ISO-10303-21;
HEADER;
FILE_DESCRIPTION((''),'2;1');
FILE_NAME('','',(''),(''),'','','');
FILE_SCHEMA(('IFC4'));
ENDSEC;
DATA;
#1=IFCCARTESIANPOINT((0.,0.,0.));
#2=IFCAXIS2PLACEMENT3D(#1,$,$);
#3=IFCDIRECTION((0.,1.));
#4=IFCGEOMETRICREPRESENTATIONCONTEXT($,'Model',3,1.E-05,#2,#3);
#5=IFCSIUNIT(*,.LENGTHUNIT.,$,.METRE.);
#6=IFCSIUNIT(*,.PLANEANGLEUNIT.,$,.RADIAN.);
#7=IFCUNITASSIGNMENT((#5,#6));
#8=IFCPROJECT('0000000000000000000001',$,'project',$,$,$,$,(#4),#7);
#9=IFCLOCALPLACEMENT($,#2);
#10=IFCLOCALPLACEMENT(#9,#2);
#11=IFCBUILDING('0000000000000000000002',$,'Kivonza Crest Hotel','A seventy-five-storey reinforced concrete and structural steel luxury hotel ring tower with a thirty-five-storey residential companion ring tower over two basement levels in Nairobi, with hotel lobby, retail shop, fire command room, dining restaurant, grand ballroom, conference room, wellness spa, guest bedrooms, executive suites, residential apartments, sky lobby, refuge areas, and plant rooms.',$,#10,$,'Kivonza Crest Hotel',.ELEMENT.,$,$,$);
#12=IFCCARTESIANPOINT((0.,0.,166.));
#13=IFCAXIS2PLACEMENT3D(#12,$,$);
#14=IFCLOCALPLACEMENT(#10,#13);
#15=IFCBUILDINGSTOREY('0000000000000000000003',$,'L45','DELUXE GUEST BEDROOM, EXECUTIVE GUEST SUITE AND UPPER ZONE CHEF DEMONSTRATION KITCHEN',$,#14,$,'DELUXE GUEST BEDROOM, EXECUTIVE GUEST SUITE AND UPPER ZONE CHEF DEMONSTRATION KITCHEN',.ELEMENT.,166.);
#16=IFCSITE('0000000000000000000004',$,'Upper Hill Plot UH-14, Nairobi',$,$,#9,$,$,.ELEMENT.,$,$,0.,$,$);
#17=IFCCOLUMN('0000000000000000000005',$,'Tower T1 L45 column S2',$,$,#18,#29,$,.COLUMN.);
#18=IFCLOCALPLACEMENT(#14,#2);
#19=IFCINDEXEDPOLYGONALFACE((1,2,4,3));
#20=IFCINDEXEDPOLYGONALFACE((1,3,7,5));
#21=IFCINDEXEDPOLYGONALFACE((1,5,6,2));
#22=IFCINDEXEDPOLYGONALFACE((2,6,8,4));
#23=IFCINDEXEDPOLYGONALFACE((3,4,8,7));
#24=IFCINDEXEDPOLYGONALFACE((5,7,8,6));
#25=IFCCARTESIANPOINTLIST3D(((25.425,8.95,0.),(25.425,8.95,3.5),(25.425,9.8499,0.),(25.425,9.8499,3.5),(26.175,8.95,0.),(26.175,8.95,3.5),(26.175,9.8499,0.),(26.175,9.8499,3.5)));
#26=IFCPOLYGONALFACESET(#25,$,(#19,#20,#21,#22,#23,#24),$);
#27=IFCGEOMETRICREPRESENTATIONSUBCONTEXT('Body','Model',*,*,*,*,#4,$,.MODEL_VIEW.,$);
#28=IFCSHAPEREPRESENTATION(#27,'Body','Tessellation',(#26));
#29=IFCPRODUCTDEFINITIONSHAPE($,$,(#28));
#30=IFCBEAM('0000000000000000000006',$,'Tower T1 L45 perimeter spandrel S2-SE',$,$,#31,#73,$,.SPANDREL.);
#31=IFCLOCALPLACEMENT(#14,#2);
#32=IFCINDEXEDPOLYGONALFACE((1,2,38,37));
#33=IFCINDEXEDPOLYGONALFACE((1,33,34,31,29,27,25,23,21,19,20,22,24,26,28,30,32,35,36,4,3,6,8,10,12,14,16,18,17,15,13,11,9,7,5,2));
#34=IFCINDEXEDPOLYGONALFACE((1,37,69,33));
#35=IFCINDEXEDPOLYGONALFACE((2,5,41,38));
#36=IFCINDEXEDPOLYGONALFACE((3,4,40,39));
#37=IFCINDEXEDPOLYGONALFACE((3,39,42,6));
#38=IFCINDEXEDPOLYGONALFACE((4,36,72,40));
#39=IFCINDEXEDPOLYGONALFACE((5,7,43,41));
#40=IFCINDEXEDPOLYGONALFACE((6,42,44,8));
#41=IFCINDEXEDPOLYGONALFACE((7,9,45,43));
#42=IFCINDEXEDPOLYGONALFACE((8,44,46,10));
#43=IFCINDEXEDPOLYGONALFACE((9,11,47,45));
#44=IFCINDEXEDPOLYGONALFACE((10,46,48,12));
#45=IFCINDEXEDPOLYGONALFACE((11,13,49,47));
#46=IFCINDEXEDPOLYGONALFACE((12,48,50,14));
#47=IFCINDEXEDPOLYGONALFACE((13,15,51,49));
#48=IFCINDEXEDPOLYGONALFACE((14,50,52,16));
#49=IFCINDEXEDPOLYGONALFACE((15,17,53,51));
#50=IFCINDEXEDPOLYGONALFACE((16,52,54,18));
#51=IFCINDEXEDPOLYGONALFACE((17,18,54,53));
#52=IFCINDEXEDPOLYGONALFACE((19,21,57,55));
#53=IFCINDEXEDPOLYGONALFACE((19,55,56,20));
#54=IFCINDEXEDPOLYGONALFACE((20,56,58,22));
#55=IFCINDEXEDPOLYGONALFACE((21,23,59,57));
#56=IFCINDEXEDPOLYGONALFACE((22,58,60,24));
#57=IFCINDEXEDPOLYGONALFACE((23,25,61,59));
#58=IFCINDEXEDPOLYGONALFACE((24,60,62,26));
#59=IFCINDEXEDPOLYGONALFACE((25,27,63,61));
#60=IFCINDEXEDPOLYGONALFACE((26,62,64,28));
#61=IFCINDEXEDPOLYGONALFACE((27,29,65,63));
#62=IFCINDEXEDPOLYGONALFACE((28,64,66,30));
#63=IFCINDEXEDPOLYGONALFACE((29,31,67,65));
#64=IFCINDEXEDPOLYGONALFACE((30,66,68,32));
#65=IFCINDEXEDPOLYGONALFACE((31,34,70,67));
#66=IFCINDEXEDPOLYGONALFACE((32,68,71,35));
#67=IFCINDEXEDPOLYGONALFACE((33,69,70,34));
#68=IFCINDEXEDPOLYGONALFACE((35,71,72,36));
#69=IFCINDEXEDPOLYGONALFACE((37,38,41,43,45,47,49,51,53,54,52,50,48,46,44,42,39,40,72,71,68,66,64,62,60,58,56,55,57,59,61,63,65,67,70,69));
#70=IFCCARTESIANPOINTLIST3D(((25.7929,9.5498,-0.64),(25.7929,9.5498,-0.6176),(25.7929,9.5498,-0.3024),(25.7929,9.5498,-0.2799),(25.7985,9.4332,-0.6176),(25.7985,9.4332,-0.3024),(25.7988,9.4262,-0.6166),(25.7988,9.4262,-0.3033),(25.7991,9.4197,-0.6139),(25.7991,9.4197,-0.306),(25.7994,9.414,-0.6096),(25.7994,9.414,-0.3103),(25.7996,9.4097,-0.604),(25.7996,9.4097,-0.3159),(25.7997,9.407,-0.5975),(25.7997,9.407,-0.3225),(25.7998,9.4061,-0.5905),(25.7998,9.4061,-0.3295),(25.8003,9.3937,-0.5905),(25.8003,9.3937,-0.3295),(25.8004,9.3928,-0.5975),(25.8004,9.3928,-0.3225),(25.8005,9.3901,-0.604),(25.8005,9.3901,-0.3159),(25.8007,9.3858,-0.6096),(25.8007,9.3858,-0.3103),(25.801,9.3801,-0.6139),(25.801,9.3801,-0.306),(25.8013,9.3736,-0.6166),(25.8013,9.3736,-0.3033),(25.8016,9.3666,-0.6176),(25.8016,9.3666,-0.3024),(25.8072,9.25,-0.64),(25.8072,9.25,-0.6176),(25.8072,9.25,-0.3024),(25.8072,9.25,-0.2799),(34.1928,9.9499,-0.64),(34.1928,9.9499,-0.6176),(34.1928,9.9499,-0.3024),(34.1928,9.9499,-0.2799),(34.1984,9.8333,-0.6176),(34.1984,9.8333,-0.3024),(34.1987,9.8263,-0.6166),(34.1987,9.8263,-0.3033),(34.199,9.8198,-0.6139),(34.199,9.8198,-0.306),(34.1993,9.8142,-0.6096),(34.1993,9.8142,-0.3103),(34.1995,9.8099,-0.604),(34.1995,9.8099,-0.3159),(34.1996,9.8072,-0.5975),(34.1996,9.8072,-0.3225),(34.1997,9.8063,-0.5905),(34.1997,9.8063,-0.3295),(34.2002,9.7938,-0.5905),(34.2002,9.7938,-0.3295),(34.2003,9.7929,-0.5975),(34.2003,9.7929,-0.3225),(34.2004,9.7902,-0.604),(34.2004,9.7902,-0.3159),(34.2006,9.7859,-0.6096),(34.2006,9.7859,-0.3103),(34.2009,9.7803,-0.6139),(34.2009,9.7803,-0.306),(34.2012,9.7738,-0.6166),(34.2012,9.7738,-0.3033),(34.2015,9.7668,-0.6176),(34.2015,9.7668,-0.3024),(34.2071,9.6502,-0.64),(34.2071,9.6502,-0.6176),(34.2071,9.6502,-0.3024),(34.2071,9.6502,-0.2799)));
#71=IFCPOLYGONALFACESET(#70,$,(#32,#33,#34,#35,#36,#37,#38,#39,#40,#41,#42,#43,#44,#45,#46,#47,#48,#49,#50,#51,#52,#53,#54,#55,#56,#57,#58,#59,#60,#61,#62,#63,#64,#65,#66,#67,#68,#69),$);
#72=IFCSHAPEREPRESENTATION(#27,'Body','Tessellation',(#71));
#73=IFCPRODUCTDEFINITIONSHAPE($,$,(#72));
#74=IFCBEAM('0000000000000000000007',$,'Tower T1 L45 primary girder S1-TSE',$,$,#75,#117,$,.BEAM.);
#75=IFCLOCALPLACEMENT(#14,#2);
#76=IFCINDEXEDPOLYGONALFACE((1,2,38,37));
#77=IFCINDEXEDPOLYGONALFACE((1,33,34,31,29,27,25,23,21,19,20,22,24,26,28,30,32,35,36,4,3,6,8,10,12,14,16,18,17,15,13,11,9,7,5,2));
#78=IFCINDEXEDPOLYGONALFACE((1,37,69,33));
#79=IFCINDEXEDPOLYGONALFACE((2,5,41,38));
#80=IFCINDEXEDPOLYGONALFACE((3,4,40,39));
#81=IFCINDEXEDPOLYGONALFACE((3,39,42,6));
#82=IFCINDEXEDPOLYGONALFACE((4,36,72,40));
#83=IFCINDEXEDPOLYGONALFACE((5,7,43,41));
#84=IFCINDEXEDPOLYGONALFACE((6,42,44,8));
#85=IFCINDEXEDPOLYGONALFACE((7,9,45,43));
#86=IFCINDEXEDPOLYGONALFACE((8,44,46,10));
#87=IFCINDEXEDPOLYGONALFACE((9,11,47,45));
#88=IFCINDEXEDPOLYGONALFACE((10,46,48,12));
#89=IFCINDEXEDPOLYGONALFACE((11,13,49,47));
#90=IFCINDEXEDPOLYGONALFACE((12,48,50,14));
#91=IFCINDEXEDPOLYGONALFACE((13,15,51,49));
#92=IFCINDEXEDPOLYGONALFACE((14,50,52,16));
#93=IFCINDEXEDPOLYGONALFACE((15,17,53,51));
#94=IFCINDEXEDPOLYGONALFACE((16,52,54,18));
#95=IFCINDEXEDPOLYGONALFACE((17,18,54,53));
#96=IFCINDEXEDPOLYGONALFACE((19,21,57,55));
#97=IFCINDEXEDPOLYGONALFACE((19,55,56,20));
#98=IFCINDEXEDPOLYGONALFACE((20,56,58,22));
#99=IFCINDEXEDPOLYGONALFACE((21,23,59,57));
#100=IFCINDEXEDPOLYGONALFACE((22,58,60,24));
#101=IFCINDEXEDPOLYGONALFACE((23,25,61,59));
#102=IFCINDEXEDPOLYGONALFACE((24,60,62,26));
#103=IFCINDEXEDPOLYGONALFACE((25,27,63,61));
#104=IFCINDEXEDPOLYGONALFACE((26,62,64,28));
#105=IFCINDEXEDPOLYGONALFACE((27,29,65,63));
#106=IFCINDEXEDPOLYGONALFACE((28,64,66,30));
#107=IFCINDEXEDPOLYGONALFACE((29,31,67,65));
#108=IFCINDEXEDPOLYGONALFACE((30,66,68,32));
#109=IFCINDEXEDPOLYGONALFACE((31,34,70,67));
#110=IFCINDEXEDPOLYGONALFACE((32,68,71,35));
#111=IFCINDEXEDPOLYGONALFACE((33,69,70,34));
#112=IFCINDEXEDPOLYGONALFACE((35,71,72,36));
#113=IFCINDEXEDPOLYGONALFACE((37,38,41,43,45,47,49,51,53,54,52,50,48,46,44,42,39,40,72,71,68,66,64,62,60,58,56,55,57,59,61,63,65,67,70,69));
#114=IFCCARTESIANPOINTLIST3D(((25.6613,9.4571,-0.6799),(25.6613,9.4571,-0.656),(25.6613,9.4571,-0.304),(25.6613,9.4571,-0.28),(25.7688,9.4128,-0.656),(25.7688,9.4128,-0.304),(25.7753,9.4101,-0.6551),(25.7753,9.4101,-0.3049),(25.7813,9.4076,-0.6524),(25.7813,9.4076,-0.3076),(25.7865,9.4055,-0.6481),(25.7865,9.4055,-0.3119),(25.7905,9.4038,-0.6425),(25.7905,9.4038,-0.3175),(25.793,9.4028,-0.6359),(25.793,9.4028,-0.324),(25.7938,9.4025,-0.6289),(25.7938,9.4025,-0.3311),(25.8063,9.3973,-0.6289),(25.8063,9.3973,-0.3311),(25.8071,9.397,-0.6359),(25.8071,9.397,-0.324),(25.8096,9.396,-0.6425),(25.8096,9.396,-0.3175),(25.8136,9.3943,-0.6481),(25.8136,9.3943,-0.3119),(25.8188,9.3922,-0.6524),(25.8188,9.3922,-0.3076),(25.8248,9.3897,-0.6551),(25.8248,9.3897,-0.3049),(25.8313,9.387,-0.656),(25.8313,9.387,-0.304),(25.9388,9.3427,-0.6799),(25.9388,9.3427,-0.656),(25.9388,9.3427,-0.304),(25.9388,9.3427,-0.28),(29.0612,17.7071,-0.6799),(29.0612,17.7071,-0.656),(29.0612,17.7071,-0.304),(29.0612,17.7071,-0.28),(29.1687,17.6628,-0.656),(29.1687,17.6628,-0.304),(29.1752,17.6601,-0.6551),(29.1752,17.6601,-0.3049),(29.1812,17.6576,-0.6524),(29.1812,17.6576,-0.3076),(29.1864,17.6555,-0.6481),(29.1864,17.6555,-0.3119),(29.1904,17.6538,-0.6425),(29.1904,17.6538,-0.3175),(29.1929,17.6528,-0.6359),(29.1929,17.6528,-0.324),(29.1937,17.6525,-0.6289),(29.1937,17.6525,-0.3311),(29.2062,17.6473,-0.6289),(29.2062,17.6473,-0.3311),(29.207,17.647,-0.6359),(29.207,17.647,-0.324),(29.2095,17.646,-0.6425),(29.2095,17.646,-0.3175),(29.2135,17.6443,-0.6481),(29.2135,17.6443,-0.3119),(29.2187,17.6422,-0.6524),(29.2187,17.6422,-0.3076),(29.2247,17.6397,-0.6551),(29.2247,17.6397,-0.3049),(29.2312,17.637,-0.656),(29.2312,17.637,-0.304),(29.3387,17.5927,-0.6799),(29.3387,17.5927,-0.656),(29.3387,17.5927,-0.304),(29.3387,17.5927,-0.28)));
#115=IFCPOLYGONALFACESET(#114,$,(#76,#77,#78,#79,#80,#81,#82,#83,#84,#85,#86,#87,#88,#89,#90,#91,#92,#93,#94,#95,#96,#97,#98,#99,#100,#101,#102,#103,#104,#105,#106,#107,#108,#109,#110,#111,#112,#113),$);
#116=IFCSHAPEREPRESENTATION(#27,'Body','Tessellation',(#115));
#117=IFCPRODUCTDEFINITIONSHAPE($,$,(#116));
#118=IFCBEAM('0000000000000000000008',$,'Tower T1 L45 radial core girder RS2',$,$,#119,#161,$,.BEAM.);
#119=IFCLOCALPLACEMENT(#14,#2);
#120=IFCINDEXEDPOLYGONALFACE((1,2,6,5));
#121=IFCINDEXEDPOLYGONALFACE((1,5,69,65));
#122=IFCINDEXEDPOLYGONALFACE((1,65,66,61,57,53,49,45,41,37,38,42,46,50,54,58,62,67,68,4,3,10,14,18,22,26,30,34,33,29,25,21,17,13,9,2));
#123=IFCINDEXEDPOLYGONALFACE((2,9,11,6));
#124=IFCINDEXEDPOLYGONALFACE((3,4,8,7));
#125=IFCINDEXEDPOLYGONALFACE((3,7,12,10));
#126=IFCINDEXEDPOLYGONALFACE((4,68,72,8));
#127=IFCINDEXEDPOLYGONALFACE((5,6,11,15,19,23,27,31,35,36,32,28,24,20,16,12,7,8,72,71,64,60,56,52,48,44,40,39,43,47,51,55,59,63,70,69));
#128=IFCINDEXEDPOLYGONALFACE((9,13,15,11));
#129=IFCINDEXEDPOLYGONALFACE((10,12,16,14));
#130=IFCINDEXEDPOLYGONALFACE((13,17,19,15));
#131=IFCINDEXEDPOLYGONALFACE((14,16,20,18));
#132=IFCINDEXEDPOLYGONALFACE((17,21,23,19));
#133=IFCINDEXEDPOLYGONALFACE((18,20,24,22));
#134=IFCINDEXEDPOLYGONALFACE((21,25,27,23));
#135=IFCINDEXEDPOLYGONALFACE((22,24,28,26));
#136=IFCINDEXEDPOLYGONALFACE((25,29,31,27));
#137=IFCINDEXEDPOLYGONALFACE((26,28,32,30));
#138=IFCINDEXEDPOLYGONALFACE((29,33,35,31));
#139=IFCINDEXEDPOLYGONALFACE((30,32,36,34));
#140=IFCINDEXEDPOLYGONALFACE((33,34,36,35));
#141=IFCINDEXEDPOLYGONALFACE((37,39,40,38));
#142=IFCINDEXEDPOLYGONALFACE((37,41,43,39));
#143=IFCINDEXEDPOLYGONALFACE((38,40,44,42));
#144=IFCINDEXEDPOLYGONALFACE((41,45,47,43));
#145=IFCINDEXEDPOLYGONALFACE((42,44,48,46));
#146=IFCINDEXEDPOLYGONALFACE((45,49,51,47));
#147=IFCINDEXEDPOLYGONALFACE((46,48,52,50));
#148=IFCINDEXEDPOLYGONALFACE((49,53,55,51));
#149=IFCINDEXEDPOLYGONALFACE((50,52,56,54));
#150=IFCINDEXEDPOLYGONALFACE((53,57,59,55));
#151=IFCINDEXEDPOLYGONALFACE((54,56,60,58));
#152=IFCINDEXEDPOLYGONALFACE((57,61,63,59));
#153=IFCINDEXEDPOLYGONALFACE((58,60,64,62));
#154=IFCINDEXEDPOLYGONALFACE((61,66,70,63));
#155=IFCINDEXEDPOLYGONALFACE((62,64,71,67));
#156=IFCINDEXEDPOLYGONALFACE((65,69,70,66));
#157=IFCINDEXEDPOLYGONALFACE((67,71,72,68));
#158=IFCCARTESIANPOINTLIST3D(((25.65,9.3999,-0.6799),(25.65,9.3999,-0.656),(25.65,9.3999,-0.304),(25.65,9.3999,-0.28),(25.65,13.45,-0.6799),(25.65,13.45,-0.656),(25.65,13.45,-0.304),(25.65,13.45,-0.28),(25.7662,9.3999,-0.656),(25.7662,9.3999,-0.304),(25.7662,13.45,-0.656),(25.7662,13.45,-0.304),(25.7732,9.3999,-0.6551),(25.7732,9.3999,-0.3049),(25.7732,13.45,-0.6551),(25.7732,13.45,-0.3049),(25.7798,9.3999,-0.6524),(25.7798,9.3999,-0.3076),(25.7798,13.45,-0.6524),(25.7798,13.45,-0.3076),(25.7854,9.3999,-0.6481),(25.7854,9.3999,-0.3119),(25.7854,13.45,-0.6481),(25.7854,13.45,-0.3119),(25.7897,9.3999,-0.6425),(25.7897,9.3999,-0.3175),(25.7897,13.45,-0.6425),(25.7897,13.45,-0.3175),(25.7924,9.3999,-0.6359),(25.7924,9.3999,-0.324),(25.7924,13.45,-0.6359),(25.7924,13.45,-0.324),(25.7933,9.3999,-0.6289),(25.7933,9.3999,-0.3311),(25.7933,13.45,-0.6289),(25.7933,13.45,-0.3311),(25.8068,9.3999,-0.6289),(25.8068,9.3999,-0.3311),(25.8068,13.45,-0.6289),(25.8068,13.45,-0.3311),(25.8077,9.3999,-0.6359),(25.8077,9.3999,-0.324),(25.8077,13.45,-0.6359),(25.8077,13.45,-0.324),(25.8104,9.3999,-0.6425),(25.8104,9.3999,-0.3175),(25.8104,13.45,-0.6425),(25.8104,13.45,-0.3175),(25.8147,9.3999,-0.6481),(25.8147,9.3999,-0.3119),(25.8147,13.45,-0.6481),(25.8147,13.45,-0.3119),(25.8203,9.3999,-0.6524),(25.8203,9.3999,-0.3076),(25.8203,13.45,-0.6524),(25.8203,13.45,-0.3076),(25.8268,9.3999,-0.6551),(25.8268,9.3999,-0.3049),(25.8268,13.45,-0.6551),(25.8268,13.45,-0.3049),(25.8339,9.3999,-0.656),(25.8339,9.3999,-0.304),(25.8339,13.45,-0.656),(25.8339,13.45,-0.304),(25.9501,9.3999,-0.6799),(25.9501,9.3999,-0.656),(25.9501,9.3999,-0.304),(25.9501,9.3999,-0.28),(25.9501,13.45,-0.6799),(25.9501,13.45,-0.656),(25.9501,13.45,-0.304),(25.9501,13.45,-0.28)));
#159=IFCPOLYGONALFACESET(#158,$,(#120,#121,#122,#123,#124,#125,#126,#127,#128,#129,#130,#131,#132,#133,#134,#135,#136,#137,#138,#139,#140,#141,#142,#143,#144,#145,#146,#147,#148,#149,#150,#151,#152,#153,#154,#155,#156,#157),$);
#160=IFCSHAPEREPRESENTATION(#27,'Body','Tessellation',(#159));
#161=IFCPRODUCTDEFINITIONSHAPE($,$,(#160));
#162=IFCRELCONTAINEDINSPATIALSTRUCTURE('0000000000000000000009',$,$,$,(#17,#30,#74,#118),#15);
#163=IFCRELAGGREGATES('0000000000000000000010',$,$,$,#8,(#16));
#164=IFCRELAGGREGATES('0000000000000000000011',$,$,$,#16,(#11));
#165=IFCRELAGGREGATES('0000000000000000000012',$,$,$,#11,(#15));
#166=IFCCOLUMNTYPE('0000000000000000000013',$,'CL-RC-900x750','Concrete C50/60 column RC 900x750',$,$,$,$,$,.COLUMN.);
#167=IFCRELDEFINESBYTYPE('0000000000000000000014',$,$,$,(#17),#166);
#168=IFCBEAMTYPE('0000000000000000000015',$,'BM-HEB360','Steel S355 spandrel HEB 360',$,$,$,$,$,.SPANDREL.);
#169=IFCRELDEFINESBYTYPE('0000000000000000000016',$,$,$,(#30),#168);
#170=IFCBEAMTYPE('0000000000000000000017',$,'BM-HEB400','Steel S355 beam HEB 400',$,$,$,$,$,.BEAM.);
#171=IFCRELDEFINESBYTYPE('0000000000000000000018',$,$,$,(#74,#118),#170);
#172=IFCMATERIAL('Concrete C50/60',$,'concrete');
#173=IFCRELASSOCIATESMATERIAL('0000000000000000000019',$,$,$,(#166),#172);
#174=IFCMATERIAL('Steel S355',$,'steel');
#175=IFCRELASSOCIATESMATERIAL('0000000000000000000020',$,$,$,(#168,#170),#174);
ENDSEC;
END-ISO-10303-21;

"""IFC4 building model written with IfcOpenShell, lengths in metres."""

from ifc_helpers import new_model, si_unit, direction, frame, origin, origin_2d, place, context, subcontext, project, spatial, rectangle, i_section, extrude, material, material_profile, profile_set, type_object, element, save


model = new_model("IFC4")

# Units and contexts
model_context = context("Model", 3, precision=1e-05, world=origin(), true_north=direction((0.0, 1.0)))
body_context = subcontext(model_context, "Body", "Model", "MODEL_VIEW")
ifc_project = project(units=[si_unit("LENGTHUNIT", "METRE"), si_unit("PLANEANGLEUNIT", "RADIAN")], contexts=[model_context])

# Site, building, storey
site_placement = place(None, origin())
site = spatial("IfcSite", under=ifc_project, at=site_placement, Name="Upper Hill Plot UH-14, Nairobi", CompositionType="ELEMENT", RefElevation=0.0)
building_placement = place(site_placement, origin())
building = spatial("IfcBuilding", under=site, at=building_placement, Name="Kivonza Crest Hotel", Description="A seventy-five-storey reinforced concrete and structural steel luxury hotel ring tower with a thirty-five-storey residential companion ring tower over two basement levels in Nairobi, with hotel lobby, retail shop, fire command room, dining restaurant, grand ballroom, conference room, wellness spa, guest bedrooms, executive suites, residential apartments, sky lobby, refuge areas, and plant rooms.", LongName="Kivonza Crest Hotel", CompositionType="ELEMENT")
storey_placement = place(building_placement, frame((0.0, 0.0, 166.0)))
storey = spatial("IfcBuildingStorey", under=building, at=storey_placement, Name="L45", Description="DELUXE GUEST BEDROOM, EXECUTIVE GUEST SUITE AND UPPER ZONE CHEF DEMONSTRATION KITCHEN", LongName="DELUXE GUEST BEDROOM, EXECUTIVE GUEST SUITE AND UPPER ZONE CHEF DEMONSTRATION KITCHEN", CompositionType="ELEMENT", Elevation=166.0)

# Column
ifc_material_1 = material(Name="Concrete C50/60", Category="concrete")
ifc_material_profile_1 = material_profile(ifc_material_1, rectangle(XDim=0.75, YDim=0.8999, at=origin_2d()), Name="RC 900x750")
ifc_profile_set_1 = profile_set([ifc_material_profile_1], Name="Concrete C50/60")
column_type = type_object("IfcColumnType", Name="CL-RC-900x750", Description="Concrete C50/60 column RC 900x750", PredefinedType="COLUMN", material=ifc_profile_set_1)
column_placement = place(storey_placement, frame((25.8, 9.3999, 0.0), z_axis=(0.0, 0.0, 1.0), x_axis=(1.0, 0.0, 0.0)))
element("IfcColumn", 1, at=column_placement, inside=storey, type_object=column_type, Name="Tower T1 L45 column S2", PredefinedType="COLUMN", context=body_context, shape_type="SweptSolid", body=[
    extrude(rectangle(XDim=0.75, YDim=0.8999, at=origin_2d()), origin(), (0.0, 0.0, 1.0), 3.5),
])

# Beams
ifc_material_2 = material(Name="Steel S355", Category="steel")
ifc_material_profile_2 = material_profile(ifc_material_2, i_section(OverallWidth=0.3, OverallDepth=0.3601, WebThickness=0.0125, FlangeThickness=0.0225, FilletRadius=0.0271, at=origin_2d()), Name="HEB 360")
ifc_profile_set_2 = profile_set([ifc_material_profile_2], Name="Steel S355")
beam_type_1 = type_object("IfcBeamType", Name="BM-HEB360", Description="Steel S355 spandrel HEB 360", PredefinedType="SPANDREL", material=ifc_profile_set_2)
beam_1_placement = place(storey_placement, frame((25.8, 9.3999, -0.46), z_axis=(0.998867, 0.047583, 0.0), x_axis=(-0.047583, 0.998867, 0.0)))
element("IfcBeam", 2, at=beam_1_placement, inside=storey, type_object=beam_type_1, Name="Tower T1 L45 perimeter spandrel S2-SE", PredefinedType="SPANDREL", context=body_context, shape_type="SweptSolid", body=[
    extrude(i_section(OverallWidth=0.3, OverallDepth=0.3601, WebThickness=0.0125, FlangeThickness=0.0225, FilletRadius=0.0271, at=origin_2d()), origin(), (0.0, 0.0, 1.0), 8.4094),
])
ifc_material_profile_3 = material_profile(ifc_material_2, i_section(OverallWidth=0.3, OverallDepth=0.3999, WebThickness=0.0134, FlangeThickness=0.0239, FilletRadius=0.0271, at=origin_2d()), Name="HEB 400")
ifc_profile_set_3 = profile_set([ifc_material_profile_3], Name="Steel S355")
beam_type_2 = type_object("IfcBeamType", Name="BM-HEB400", Description="Steel S355 beam HEB 400", PredefinedType="BEAM", material=ifc_profile_set_3)
beam_2_placement = place(storey_placement, frame((25.8, 9.3999, -0.48), z_axis=(0.381022, 0.924566, 0.0), x_axis=(-0.924566, 0.381022, 0.0)))
element("IfcBeam", 3, at=beam_2_placement, inside=storey, type_object=beam_type_2, Name="Tower T1 L45 primary girder S1-TSE", PredefinedType="BEAM", context=body_context, shape_type="SweptSolid", body=[
    extrude(i_section(OverallWidth=0.3, OverallDepth=0.3999, WebThickness=0.0134, FlangeThickness=0.0239, FilletRadius=0.0271, at=origin_2d()), origin(), (0.0, 0.0, 1.0), 8.9231),
])
beam_3_placement = place(storey_placement, frame((25.8, 9.3999, -0.48), z_axis=(0.0, 1.0, 0.0), x_axis=(-1.0, 0.0, 0.0)))
element("IfcBeam", 4, at=beam_3_placement, inside=storey, type_object=beam_type_2, Name="Tower T1 L45 radial core girder RS2", PredefinedType="BEAM", context=body_context, shape_type="SweptSolid", body=[
    extrude(i_section(OverallWidth=0.3, OverallDepth=0.3999, WebThickness=0.0134, FlangeThickness=0.0239, FilletRadius=0.0271, at=origin_2d()), origin(), (0.0, 0.0, 1.0), 4.05),
])

save(model, "model.ifc")
